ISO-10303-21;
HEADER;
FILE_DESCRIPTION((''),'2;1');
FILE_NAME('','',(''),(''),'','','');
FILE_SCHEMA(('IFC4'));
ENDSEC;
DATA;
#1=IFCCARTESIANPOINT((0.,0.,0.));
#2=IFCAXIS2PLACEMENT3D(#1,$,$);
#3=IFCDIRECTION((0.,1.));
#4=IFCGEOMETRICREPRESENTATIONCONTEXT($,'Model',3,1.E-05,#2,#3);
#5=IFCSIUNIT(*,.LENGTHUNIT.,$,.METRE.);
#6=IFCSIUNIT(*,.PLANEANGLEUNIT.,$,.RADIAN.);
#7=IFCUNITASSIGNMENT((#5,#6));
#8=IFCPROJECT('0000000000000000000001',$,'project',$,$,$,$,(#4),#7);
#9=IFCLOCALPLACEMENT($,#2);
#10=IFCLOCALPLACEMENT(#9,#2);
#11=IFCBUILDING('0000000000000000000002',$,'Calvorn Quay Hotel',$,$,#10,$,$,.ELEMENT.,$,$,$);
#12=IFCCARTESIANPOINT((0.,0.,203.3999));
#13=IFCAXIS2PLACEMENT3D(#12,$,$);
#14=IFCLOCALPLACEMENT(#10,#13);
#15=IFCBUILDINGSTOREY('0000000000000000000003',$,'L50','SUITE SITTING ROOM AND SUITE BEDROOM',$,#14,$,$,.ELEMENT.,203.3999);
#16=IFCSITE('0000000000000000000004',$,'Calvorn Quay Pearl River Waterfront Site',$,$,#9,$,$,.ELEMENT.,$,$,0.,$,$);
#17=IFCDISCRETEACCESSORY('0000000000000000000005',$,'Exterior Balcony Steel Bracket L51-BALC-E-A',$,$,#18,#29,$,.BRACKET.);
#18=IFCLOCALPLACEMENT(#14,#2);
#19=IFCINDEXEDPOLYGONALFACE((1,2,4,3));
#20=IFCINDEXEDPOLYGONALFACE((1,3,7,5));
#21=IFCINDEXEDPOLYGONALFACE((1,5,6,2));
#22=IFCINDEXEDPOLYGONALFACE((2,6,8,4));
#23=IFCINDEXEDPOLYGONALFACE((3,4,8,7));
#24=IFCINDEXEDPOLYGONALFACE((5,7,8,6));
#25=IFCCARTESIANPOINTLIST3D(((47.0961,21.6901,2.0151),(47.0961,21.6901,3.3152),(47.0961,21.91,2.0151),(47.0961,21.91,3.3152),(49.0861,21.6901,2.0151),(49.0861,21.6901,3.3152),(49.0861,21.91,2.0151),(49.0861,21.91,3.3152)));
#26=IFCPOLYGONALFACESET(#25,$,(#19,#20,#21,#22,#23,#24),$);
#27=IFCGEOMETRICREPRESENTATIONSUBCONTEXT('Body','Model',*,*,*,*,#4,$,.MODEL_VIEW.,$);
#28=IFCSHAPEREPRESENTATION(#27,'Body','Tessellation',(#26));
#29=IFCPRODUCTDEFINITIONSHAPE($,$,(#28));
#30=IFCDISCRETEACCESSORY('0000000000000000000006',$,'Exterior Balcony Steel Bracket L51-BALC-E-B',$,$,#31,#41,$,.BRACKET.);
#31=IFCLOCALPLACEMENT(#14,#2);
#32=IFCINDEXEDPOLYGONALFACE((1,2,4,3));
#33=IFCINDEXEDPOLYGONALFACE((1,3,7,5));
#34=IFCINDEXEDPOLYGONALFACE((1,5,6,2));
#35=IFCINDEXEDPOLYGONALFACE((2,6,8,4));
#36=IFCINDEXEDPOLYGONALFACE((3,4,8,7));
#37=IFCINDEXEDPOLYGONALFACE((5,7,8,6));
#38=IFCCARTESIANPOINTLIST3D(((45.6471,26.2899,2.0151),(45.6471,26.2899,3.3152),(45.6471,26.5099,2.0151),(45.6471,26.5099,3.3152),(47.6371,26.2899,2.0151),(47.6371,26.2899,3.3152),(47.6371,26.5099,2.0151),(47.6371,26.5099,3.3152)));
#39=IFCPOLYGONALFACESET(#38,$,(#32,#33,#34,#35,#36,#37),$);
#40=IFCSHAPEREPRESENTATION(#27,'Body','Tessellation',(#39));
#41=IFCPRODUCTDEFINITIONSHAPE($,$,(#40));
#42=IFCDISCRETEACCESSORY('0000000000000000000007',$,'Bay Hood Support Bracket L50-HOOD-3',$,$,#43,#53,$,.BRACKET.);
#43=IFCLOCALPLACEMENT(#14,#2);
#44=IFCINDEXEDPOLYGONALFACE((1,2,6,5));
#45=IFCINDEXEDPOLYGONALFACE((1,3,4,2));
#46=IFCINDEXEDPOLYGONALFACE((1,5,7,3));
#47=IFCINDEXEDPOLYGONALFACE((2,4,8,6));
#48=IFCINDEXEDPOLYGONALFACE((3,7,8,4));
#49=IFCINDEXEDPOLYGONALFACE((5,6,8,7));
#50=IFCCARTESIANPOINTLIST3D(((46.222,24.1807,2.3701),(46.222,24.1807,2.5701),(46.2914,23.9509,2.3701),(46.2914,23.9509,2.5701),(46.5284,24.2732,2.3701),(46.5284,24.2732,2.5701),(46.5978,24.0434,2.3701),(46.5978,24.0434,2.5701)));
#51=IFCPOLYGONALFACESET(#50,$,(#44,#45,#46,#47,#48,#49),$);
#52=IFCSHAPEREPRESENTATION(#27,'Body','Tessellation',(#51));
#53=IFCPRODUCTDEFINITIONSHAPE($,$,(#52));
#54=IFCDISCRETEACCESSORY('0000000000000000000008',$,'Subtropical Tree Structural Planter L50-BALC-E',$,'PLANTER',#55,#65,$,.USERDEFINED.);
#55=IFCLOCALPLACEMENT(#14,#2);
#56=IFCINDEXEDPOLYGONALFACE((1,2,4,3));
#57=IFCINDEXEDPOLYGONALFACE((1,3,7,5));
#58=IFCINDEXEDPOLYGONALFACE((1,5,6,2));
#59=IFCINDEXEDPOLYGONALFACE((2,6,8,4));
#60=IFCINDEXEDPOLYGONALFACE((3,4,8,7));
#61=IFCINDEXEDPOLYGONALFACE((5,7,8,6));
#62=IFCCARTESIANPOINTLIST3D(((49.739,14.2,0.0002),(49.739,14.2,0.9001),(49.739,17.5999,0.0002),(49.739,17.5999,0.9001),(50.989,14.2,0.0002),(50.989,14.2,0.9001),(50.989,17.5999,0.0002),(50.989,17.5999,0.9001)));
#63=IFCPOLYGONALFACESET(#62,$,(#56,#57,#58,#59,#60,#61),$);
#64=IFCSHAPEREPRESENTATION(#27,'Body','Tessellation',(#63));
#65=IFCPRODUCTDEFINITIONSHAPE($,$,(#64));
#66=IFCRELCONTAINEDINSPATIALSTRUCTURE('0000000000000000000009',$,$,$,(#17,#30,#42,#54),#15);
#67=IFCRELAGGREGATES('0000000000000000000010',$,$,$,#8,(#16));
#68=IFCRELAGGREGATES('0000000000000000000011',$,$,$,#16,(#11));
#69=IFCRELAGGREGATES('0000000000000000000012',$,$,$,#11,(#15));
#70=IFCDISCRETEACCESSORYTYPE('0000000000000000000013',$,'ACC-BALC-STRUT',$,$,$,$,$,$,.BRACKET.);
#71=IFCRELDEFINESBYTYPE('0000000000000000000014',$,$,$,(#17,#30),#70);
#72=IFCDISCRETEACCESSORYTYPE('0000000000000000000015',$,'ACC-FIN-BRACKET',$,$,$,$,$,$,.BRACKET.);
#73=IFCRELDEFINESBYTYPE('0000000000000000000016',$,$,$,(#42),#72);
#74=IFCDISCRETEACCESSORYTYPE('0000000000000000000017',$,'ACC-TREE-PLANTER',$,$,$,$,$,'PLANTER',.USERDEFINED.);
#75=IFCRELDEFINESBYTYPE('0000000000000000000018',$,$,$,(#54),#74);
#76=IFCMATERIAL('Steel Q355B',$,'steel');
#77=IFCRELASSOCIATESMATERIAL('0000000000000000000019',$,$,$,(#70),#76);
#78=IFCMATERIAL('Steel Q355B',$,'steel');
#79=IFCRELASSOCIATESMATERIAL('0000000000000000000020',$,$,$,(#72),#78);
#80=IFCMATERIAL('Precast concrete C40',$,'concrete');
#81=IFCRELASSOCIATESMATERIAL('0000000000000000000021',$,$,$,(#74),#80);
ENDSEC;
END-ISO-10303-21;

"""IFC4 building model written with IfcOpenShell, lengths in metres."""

from ifc_helpers import new_model, si_unit, direction, frame, origin, origin_2d, place, context, subcontext, project, spatial, rectangle, extrude, material, type_object, element, save


model = new_model("IFC4")

# Units and contexts
model_context = context("Model", 3, precision=1e-05, world=origin(), true_north=direction((0.0, 1.0)))
body_context = subcontext(model_context, "Body", "Model", "MODEL_VIEW")
ifc_project = project(units=[si_unit("LENGTHUNIT", "METRE"), si_unit("PLANEANGLEUNIT", "RADIAN")], contexts=[model_context])

# Site, building, storey
site_placement = place(None, origin())
site = spatial("IfcSite", under=ifc_project, at=site_placement, Name="Calvorn Quay Pearl River Waterfront Site", CompositionType="ELEMENT", RefElevation=0.0)
building_placement = place(site_placement, origin())
building = spatial("IfcBuilding", under=site, at=building_placement, Name="Calvorn Quay Hotel", CompositionType="ELEMENT")
storey_placement = place(building_placement, frame((0.0, 0.0, 203.3999)))
storey = spatial("IfcBuildingStorey", under=building, at=storey_placement, Name="L50", Description="SUITE SITTING ROOM AND SUITE BEDROOM", CompositionType="ELEMENT", Elevation=203.3999)

# Discrete accessories
ifc_material_1 = material(Name="Steel Q355B", Category="steel")
discrete_accessory_type_1 = type_object("IfcDiscreteAccessoryType", Name="ACC-BALC-STRUT", PredefinedType="BRACKET", material=ifc_material_1)
for number, where, z_axis, x_axis, name in (
    (1, (48.0911, 21.8, 2.0151), (0.0, 0.0, 1.0), (1.0, 0.0, 0.0), "Exterior Balcony Steel Bracket L51-BALC-E-A"),
    (2, (46.6421, 26.3999, 2.0151), (0.0, 0.0, 1.0), (1.0, 0.0, 0.0), "Exterior Balcony Steel Bracket L51-BALC-E-B"),
):
    element("IfcDiscreteAccessory", number, at=place(storey_placement, frame(where, z_axis=z_axis, x_axis=x_axis)), inside=storey, type_object=discrete_accessory_type_1, Name=name, PredefinedType="BRACKET", context=body_context, shape_type="SweptSolid", body=[
        extrude(rectangle(XDim=1.99, YDim=0.22, at=origin_2d()), origin(), (0.0, 0.0, 1.0), 1.3),
    ])
ifc_material_2 = material(Name="Steel Q355B", Category="steel")
discrete_accessory_type_2 = type_object("IfcDiscreteAccessoryType", Name="ACC-FIN-BRACKET", PredefinedType="BRACKET", material=ifc_material_2)
discrete_accessory_1_placement = place(storey_placement, frame((46.4099, 24.1121, 2.3701), z_axis=(0.0, 0.0, 1.0), x_axis=(0.957319, 0.289032, 0.0)))
element("IfcDiscreteAccessory", 3, at=discrete_accessory_1_placement, inside=storey, type_object=discrete_accessory_type_2, Name="Bay Hood Support Bracket L50-HOOD-3", PredefinedType="BRACKET", context=body_context, shape_type="SweptSolid", body=[
    extrude(rectangle(XDim=0.3201, YDim=0.24, at=origin_2d()), origin(), (0.0, 0.0, 1.0), 0.2),
])
ifc_material_3 = material(Name="Precast concrete C40", Category="concrete")
discrete_accessory_type_3 = type_object("IfcDiscreteAccessoryType", Name="ACC-TREE-PLANTER", ElementType="PLANTER", PredefinedType="USERDEFINED", material=ifc_material_3)
discrete_accessory_2_placement = place(storey_placement, frame((50.364, 15.8999, 0.0002), z_axis=(0.0, 0.0, 1.0), x_axis=(1.0, 0.0, 0.0)))
element("IfcDiscreteAccessory", 4, at=discrete_accessory_2_placement, inside=storey, type_object=discrete_accessory_type_3, Name="Subtropical Tree Structural Planter L50-BALC-E", ObjectType="PLANTER", PredefinedType="USERDEFINED", context=body_context, shape_type="SweptSolid", body=[
    extrude(rectangle(XDim=1.25, YDim=3.3999, at=origin_2d()), origin(), (0.0, 0.0, 1.0), 0.8999),
])

save(model, "model.ifc")
